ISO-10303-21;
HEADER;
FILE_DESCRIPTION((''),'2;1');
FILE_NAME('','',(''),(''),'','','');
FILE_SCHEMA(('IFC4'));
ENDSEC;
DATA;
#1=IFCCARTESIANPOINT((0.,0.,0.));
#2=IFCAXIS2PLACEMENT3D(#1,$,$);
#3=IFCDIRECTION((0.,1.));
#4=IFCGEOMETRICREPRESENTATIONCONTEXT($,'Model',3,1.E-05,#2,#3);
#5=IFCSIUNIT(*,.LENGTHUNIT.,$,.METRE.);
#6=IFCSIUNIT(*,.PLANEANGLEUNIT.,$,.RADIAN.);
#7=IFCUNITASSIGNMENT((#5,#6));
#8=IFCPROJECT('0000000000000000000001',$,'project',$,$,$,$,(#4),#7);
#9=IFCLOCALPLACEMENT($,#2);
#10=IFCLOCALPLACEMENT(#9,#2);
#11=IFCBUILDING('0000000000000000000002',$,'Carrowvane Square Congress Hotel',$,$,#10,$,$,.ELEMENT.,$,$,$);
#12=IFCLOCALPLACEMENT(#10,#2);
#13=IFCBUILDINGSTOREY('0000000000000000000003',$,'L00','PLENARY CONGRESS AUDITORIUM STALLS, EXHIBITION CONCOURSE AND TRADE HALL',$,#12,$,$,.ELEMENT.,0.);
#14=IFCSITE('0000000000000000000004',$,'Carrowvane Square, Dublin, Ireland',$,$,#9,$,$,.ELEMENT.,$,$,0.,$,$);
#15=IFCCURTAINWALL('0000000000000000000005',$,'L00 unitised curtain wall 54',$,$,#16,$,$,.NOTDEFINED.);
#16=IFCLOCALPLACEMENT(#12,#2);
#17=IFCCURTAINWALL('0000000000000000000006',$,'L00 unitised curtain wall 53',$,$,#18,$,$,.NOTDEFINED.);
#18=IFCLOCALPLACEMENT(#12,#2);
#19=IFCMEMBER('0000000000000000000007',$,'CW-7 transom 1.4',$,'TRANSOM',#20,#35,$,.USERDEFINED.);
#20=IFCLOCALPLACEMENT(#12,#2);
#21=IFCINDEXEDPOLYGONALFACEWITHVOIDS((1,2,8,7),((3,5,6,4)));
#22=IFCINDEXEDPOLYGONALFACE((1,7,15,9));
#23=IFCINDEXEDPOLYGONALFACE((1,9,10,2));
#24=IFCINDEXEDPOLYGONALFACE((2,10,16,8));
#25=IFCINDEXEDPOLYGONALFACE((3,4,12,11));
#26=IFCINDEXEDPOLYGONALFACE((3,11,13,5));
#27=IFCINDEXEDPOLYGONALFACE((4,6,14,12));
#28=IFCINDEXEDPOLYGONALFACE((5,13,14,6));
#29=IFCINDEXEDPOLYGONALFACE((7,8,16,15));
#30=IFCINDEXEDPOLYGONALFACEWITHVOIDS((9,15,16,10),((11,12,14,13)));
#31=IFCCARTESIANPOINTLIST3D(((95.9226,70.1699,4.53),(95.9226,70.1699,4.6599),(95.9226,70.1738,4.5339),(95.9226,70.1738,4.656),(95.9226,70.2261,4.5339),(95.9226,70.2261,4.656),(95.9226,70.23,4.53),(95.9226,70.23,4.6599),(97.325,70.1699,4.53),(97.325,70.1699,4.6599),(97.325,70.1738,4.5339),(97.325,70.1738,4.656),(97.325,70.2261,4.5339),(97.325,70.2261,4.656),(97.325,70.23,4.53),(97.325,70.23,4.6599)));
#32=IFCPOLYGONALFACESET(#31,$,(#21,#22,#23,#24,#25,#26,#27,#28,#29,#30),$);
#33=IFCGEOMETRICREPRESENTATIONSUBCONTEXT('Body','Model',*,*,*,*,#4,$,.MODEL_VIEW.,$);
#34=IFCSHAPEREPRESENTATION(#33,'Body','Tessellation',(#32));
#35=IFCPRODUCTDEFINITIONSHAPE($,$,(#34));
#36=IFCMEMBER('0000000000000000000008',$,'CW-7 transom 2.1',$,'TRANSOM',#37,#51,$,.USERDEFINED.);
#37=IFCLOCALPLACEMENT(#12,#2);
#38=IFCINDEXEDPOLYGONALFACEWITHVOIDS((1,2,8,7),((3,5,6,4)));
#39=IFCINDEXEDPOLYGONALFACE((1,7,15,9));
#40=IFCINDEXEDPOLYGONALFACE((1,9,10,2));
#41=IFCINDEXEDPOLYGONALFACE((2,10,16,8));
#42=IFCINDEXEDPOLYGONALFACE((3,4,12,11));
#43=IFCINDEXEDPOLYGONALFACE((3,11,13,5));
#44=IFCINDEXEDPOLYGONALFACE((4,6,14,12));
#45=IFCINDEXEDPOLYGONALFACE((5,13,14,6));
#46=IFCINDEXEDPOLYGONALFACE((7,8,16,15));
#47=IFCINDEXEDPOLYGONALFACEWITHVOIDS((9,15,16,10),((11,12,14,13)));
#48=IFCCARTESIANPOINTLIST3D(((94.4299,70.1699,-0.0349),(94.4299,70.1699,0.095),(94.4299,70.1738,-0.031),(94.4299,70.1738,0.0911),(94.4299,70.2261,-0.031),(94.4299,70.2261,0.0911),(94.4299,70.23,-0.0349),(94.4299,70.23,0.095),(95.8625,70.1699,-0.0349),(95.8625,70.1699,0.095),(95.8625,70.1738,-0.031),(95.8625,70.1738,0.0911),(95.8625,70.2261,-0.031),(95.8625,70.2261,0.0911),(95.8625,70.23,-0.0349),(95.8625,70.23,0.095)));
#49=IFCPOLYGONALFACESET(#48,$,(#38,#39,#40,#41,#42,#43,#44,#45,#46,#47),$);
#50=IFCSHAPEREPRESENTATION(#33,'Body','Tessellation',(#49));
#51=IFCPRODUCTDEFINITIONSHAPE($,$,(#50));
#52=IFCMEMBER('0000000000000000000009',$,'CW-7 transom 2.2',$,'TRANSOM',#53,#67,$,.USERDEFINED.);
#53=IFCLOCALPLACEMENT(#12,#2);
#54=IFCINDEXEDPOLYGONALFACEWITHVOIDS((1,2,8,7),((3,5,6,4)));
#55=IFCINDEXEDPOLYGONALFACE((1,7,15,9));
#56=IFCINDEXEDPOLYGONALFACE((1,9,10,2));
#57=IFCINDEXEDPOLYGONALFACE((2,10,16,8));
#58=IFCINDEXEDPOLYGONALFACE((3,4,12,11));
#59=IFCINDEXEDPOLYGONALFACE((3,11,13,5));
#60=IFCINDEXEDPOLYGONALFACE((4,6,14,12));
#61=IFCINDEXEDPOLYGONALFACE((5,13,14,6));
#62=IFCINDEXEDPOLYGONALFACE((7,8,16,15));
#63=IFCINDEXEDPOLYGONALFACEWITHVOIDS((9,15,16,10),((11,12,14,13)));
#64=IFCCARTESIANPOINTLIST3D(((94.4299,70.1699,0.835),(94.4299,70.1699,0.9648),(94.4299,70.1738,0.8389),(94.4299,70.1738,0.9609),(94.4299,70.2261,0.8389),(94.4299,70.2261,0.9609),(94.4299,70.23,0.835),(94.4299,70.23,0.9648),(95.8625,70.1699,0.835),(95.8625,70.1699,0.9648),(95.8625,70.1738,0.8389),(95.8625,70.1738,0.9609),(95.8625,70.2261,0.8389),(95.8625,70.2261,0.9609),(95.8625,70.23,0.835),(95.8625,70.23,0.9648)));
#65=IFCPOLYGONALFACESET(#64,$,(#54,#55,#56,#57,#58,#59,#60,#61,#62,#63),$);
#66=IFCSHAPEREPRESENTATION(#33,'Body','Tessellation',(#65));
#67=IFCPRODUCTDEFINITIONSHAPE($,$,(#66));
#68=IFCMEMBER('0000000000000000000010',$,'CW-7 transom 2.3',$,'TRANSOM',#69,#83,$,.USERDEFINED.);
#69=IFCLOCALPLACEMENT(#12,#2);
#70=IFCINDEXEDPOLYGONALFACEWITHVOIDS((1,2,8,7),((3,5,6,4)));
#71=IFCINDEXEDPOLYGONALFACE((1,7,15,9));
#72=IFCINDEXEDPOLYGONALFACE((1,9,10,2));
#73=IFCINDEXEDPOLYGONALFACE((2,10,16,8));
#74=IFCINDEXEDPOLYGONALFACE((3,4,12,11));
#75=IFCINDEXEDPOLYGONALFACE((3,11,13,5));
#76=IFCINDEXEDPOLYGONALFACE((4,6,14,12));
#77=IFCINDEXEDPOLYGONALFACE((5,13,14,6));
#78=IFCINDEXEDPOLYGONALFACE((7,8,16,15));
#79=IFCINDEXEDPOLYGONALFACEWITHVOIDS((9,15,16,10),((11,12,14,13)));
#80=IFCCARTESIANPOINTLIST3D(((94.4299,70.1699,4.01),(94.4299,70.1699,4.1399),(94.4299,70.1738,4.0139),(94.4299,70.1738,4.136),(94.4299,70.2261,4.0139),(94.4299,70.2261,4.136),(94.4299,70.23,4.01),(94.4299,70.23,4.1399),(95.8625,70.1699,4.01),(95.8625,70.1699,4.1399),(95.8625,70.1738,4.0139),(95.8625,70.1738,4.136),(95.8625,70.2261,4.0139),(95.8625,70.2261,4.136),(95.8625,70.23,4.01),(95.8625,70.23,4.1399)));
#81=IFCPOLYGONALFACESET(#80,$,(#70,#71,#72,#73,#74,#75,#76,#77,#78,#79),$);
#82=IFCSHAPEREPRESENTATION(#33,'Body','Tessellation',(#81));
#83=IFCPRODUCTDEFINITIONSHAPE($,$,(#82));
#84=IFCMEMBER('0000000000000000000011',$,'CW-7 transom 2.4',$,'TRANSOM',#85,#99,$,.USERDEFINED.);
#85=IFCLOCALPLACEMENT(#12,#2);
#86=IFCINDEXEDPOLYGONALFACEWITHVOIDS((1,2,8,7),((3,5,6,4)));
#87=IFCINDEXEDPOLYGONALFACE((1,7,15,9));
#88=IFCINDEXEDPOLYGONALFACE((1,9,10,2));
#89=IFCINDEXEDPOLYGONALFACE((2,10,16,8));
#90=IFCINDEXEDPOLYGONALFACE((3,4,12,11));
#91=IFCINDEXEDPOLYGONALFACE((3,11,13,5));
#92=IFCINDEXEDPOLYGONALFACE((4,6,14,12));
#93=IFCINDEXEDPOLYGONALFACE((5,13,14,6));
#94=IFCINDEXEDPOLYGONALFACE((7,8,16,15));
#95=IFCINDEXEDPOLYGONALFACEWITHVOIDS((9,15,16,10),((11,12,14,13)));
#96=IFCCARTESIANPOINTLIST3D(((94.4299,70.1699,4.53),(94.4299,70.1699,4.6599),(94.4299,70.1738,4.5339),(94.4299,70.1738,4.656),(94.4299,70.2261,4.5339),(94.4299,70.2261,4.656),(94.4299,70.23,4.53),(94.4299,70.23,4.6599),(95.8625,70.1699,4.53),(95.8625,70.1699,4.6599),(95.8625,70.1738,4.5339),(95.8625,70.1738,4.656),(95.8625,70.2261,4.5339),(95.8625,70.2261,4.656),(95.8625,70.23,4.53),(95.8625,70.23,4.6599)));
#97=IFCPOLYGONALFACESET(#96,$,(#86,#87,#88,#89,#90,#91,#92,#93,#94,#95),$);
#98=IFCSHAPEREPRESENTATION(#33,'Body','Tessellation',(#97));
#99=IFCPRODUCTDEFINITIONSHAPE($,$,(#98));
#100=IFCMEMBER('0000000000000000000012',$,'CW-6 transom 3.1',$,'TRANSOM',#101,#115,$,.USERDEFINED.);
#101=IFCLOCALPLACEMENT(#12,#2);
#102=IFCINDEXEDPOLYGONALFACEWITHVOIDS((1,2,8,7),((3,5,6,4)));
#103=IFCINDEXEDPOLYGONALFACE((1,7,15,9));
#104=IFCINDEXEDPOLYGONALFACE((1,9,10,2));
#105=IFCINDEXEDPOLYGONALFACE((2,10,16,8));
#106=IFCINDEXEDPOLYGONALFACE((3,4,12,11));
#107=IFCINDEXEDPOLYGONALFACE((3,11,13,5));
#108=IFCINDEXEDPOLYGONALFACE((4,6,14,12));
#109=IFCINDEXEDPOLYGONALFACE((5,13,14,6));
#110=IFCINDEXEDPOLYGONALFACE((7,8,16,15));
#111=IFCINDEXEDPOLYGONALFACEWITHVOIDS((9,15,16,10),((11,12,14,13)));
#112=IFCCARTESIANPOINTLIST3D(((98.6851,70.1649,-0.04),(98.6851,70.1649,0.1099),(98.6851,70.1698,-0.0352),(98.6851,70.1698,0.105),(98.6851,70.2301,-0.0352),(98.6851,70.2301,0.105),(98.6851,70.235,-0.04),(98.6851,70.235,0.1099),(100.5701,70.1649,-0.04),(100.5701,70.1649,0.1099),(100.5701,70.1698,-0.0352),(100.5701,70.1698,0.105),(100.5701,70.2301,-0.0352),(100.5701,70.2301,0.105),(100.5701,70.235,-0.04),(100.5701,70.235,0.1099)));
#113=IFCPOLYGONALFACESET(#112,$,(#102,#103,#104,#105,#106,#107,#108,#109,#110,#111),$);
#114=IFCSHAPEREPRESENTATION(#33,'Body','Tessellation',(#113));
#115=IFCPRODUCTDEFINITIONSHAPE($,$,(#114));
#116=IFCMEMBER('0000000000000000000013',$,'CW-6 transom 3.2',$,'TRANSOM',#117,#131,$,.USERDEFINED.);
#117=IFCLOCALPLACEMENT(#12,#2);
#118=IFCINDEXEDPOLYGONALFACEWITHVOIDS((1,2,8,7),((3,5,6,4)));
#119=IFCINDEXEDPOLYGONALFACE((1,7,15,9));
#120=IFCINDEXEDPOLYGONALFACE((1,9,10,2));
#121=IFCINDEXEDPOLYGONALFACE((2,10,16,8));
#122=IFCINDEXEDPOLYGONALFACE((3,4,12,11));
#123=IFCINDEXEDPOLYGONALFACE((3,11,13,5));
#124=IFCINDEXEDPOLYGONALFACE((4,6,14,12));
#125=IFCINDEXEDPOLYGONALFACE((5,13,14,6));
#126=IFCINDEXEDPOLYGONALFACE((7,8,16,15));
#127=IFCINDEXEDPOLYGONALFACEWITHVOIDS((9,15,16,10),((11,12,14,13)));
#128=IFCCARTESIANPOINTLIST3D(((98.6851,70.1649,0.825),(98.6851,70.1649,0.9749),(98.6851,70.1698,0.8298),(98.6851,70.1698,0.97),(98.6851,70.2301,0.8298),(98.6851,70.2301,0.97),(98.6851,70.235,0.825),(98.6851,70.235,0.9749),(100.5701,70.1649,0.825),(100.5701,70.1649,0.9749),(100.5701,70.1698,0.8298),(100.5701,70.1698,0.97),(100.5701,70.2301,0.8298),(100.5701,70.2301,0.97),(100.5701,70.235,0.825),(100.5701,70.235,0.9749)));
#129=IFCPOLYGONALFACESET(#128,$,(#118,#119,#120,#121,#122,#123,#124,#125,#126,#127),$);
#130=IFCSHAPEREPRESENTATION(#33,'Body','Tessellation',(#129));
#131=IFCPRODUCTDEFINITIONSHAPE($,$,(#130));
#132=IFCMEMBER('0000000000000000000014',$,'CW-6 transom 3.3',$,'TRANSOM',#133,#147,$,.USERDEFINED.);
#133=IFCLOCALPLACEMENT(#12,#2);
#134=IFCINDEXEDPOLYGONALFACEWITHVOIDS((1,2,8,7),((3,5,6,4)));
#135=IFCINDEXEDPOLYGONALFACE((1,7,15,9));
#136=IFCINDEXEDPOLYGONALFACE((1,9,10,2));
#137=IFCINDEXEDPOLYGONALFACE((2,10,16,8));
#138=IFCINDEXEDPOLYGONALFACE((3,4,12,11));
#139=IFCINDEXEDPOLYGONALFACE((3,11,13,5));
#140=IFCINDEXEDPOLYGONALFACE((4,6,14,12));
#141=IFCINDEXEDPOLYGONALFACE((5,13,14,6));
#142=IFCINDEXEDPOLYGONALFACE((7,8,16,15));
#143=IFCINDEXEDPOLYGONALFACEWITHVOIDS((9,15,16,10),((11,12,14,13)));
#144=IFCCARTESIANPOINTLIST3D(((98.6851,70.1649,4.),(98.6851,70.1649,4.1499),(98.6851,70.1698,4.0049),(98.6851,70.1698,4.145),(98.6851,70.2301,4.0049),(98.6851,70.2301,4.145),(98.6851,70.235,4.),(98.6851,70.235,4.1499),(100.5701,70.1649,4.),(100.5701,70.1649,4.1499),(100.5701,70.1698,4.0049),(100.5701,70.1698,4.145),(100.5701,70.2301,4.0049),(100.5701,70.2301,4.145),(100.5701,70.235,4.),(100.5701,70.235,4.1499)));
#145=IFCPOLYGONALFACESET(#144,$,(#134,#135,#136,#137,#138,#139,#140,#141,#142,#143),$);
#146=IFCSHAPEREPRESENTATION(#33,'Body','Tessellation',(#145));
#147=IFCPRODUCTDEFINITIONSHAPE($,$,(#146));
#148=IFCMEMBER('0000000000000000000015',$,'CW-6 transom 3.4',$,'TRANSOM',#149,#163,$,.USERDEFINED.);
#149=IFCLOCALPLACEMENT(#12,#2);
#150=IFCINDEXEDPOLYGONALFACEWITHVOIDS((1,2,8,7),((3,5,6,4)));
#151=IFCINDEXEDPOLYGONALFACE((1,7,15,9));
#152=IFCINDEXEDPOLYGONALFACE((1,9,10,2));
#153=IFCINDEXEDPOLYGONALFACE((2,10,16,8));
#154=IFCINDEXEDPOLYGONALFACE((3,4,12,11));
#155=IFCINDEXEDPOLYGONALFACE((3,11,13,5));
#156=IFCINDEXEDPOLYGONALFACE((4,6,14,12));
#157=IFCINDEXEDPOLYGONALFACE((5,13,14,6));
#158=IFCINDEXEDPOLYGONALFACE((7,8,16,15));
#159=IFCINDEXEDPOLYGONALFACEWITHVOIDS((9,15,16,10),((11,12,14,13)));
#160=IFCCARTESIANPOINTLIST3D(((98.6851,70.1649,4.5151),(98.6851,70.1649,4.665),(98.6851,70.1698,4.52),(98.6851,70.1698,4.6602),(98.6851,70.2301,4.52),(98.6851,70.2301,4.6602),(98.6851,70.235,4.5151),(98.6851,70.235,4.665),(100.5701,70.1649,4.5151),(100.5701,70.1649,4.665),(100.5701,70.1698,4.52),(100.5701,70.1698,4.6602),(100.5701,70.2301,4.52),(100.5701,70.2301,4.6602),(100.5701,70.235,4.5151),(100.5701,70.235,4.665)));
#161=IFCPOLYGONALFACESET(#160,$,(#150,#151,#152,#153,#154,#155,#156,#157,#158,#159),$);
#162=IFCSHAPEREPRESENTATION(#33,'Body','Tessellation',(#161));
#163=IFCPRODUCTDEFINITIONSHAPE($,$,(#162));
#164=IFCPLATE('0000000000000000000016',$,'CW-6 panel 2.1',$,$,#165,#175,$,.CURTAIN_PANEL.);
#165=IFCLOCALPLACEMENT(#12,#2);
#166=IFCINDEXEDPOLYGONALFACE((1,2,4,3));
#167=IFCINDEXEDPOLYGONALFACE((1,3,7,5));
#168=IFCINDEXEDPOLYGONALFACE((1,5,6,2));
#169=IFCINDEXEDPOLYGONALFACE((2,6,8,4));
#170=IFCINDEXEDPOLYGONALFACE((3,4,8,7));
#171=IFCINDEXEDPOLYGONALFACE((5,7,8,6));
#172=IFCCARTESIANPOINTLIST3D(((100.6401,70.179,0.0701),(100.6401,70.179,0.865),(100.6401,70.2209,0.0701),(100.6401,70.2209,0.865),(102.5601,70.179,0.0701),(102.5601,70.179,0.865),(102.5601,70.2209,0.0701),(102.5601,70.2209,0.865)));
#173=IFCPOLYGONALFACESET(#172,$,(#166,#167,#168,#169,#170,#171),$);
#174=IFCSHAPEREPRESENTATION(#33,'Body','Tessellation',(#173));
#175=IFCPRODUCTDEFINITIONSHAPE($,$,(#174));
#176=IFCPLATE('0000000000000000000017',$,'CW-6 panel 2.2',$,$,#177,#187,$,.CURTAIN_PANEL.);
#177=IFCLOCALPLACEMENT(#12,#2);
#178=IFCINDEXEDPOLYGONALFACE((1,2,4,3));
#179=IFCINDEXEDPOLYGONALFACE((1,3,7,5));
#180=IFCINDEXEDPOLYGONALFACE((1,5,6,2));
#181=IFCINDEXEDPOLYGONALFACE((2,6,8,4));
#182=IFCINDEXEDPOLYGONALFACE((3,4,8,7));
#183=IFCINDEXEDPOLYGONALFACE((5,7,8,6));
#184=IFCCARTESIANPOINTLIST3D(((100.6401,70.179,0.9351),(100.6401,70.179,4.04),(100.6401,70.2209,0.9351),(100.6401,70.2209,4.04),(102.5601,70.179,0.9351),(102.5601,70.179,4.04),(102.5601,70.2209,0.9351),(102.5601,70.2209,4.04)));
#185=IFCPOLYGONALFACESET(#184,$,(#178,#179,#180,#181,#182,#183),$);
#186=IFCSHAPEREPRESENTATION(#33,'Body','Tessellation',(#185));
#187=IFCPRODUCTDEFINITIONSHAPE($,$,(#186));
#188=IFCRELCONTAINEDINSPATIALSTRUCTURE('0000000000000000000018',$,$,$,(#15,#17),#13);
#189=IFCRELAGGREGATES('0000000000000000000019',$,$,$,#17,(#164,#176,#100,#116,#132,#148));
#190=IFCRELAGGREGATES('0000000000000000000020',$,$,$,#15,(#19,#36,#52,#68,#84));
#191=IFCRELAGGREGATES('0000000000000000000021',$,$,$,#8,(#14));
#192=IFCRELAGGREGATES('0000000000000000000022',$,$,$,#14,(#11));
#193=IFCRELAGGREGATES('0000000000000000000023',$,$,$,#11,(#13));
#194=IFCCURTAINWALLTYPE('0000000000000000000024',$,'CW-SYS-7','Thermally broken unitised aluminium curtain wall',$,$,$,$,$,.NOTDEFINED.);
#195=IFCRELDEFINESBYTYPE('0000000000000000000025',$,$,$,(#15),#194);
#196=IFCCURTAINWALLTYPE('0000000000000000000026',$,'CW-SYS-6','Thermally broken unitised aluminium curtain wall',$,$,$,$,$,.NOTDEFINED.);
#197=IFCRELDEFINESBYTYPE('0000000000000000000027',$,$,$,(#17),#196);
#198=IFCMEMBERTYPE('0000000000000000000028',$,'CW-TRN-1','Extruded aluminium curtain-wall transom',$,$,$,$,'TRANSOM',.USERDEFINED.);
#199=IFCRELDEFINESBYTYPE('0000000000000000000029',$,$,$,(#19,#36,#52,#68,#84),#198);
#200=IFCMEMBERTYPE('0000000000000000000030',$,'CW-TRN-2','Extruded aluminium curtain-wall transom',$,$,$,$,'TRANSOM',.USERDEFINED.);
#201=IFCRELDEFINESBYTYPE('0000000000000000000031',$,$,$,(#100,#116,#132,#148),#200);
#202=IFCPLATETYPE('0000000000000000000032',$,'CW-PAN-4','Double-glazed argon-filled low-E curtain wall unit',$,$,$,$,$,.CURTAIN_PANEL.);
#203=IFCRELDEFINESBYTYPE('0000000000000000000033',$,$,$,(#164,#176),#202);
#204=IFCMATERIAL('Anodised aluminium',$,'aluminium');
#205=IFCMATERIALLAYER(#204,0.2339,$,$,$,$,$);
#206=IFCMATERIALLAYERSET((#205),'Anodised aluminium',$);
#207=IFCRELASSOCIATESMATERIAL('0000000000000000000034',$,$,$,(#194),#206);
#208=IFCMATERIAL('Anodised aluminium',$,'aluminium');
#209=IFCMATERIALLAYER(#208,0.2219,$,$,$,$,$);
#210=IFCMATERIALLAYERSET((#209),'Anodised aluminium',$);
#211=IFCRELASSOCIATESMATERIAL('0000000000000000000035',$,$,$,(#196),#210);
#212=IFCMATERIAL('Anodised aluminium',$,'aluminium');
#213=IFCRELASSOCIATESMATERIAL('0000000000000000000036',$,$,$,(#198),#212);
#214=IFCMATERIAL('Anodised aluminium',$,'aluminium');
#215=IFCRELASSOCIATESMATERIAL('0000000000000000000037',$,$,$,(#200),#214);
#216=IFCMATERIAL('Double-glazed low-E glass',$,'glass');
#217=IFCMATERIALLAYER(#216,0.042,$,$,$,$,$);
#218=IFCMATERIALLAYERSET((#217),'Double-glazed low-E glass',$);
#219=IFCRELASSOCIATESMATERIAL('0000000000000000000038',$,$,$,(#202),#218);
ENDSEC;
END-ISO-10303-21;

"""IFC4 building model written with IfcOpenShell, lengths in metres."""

from ifc_helpers import new_model, si_unit, direction, frame, origin, origin_2d, place, context, subcontext, project, spatial, rectangle, hollow_rectangle, extrude, material, layer, layer_set, material_profile, profile_set, type_object, element, aggregate, save


model = new_model("IFC4")

# Units and contexts
model_context = context("Model", 3, precision=1e-05, world=origin(), true_north=direction((0.0, 1.0)))
body_context = subcontext(model_context, "Body", "Model", "MODEL_VIEW")
ifc_project = project(units=[si_unit("LENGTHUNIT", "METRE"), si_unit("PLANEANGLEUNIT", "RADIAN")], contexts=[model_context])

# Site, building, storey
site_placement = place(None, origin())
site = spatial("IfcSite", under=ifc_project, at=site_placement, Name="Carrowvane Square, Dublin, Ireland", CompositionType="ELEMENT", RefElevation=0.0)
building_placement = place(site_placement, origin())
building = spatial("IfcBuilding", under=site, at=building_placement, Name="Carrowvane Square Congress Hotel", CompositionType="ELEMENT")
storey_placement = place(building_placement, origin())
storey = spatial("IfcBuildingStorey", under=building, at=storey_placement, Name="L00", Description="PLENARY CONGRESS AUDITORIUM STALLS, EXHIBITION CONCOURSE AND TRADE HALL", CompositionType="ELEMENT", Elevation=0.0)

# Curtain walls
ifc_material_1 = material(Name="Anodised aluminium", Category="aluminium")
ifc_layer_1 = layer(ifc_material_1, 0.2339)
ifc_layer_set_1 = layer_set([ifc_layer_1], Name="Anodised aluminium")
curtain_wall_type_1 = type_object("IfcCurtainWallType", Name="CW-SYS-7", Description="Thermally broken unitised aluminium curtain wall", PredefinedType="NOTDEFINED", material=ifc_layer_set_1)
curtain_wall_1_placement = place(storey_placement, origin())
curtain_wall_1 = element("IfcCurtainWall", 1, at=curtain_wall_1_placement, inside=storey, type_object=curtain_wall_type_1, Name="L00 unitised curtain wall 54", PredefinedType="NOTDEFINED")
ifc_material_2 = material(Name="Anodised aluminium", Category="aluminium")
ifc_layer_2 = layer(ifc_material_2, 0.2219)
ifc_layer_set_2 = layer_set([ifc_layer_2], Name="Anodised aluminium")
curtain_wall_type_2 = type_object("IfcCurtainWallType", Name="CW-SYS-6", Description="Thermally broken unitised aluminium curtain wall", PredefinedType="NOTDEFINED", material=ifc_layer_set_2)
curtain_wall_2_placement = place(storey_placement, origin())
curtain_wall_2 = element("IfcCurtainWall", 2, at=curtain_wall_2_placement, inside=storey, type_object=curtain_wall_type_2, Name="L00 unitised curtain wall 53", PredefinedType="NOTDEFINED")

# Members
ifc_material_3 = material(Name="Anodised aluminium", Category="aluminium")
ifc_material_profile_1 = material_profile(ifc_material_3, hollow_rectangle(XDim=0.0601, YDim=0.1299, WallThickness=0.0039, at=origin_2d()), Name="CW-TR 60x130x4")
ifc_profile_set_1 = profile_set([ifc_material_profile_1], Name="Anodised aluminium")
member_type_1 = type_object("IfcMemberType", Name="CW-TRN-1", Description="Extruded aluminium curtain-wall transom", ElementType="TRANSOM", PredefinedType="USERDEFINED", material=ifc_profile_set_1)
member_1_placement = place(storey_placement, frame((97.325, 70.2, 4.595), z_axis=(-1.0, 0.0, 0.0), x_axis=(0.0, -1.0, 0.0)))
member_1 = element("IfcMember", 3, at=member_1_placement, type_object=member_type_1, Name="CW-7 transom 1.4", ObjectType="TRANSOM", PredefinedType="USERDEFINED", context=body_context, shape_type="SweptSolid", body=[
    extrude(hollow_rectangle(XDim=0.0601, YDim=0.1299, WallThickness=0.0039, at=origin_2d()), origin(), (0.0, 0.0, 1.0), 1.4023),
])
member_2_placement = place(storey_placement, frame((95.8625, 70.2, 0.03), z_axis=(-1.0, 0.0, 0.0), x_axis=(0.0, -1.0, 0.0)))
member_2 = element("IfcMember", 4, at=member_2_placement, type_object=member_type_1, Name="CW-7 transom 2.1", ObjectType="TRANSOM", PredefinedType="USERDEFINED", context=body_context, shape_type="SweptSolid", body=[
    extrude(hollow_rectangle(XDim=0.0601, YDim=0.1299, WallThickness=0.0039, at=origin_2d()), origin(), (0.0, 0.0, 1.0), 1.4326),
])
member_3_placement = place(storey_placement, frame((95.8625, 70.2, 0.8999), z_axis=(-1.0, 0.0, 0.0), x_axis=(0.0, -1.0, 0.0)))
member_3 = element("IfcMember", 5, at=member_3_placement, type_object=member_type_1, Name="CW-7 transom 2.2", ObjectType="TRANSOM", PredefinedType="USERDEFINED", context=body_context, shape_type="SweptSolid", body=[
    extrude(hollow_rectangle(XDim=0.0601, YDim=0.1299, WallThickness=0.0039, at=origin_2d()), origin(), (0.0, 0.0, 1.0), 1.4326),
])
member_4_placement = place(storey_placement, frame((95.8625, 70.2, 4.075), z_axis=(-1.0, 0.0, 0.0), x_axis=(0.0, -1.0, 0.0)))
member_4 = element("IfcMember", 6, at=member_4_placement, type_object=member_type_1, Name="CW-7 transom 2.3", ObjectType="TRANSOM", PredefinedType="USERDEFINED", context=body_context, shape_type="SweptSolid", body=[
    extrude(hollow_rectangle(XDim=0.0601, YDim=0.1299, WallThickness=0.0039, at=origin_2d()), origin(), (0.0, 0.0, 1.0), 1.4326),
])
member_5_placement = place(storey_placement, frame((95.8625, 70.2, 4.595), z_axis=(-1.0, 0.0, 0.0), x_axis=(0.0, -1.0, 0.0)))
member_5 = element("IfcMember", 7, at=member_5_placement, type_object=member_type_1, Name="CW-7 transom 2.4", ObjectType="TRANSOM", PredefinedType="USERDEFINED", context=body_context, shape_type="SweptSolid", body=[
    extrude(hollow_rectangle(XDim=0.0601, YDim=0.1299, WallThickness=0.0039, at=origin_2d()), origin(), (0.0, 0.0, 1.0), 1.4326),
])
ifc_material_4 = material(Name="Anodised aluminium", Category="aluminium")
ifc_material_profile_2 = material_profile(ifc_material_4, hollow_rectangle(XDim=0.0701, YDim=0.1499, WallThickness=0.0049, at=origin_2d()), Name="CW-TR 70x150x5")
ifc_profile_set_2 = profile_set([ifc_material_profile_2], Name="Anodised aluminium")
member_type_2 = type_object("IfcMemberType", Name="CW-TRN-2", Description="Extruded aluminium curtain-wall transom", ElementType="TRANSOM", PredefinedType="USERDEFINED", material=ifc_profile_set_2)
member_6_placement = place(storey_placement, frame((100.5701, 70.2, 0.0349), z_axis=(-1.0, 0.0, 0.0), x_axis=(0.0, -1.0, 0.0)))
member_6 = element("IfcMember", 8, at=member_6_placement, type_object=member_type_2, Name="CW-6 transom 3.1", ObjectType="TRANSOM", PredefinedType="USERDEFINED", context=body_context, shape_type="SweptSolid", body=[
    extrude(hollow_rectangle(XDim=0.0701, YDim=0.1499, WallThickness=0.0049, at=origin_2d()), origin(), (0.0, 0.0, 1.0), 1.885),
])
member_7_placement = place(storey_placement, frame((100.5701, 70.2, 0.8999), z_axis=(-1.0, 0.0, 0.0), x_axis=(0.0, -1.0, 0.0)))
member_7 = element("IfcMember", 9, at=member_7_placement, type_object=member_type_2, Name="CW-6 transom 3.2", ObjectType="TRANSOM", PredefinedType="USERDEFINED", context=body_context, shape_type="SweptSolid", body=[
    extrude(hollow_rectangle(XDim=0.0701, YDim=0.1499, WallThickness=0.0049, at=origin_2d()), origin(), (0.0, 0.0, 1.0), 1.885),
])
member_8_placement = place(storey_placement, frame((100.5701, 70.2, 4.075), z_axis=(-1.0, 0.0, 0.0), x_axis=(0.0, -1.0, 0.0)))
member_8 = element("IfcMember", 10, at=member_8_placement, type_object=member_type_2, Name="CW-6 transom 3.3", ObjectType="TRANSOM", PredefinedType="USERDEFINED", context=body_context, shape_type="SweptSolid", body=[
    extrude(hollow_rectangle(XDim=0.0701, YDim=0.1499, WallThickness=0.0049, at=origin_2d()), origin(), (0.0, 0.0, 1.0), 1.885),
])
member_9_placement = place(storey_placement, frame((100.5701, 70.2, 4.5901), z_axis=(-1.0, 0.0, 0.0), x_axis=(0.0, -1.0, 0.0)))
member_9 = element("IfcMember", 11, at=member_9_placement, type_object=member_type_2, Name="CW-6 transom 3.4", ObjectType="TRANSOM", PredefinedType="USERDEFINED", context=body_context, shape_type="SweptSolid", body=[
    extrude(hollow_rectangle(XDim=0.0701, YDim=0.1499, WallThickness=0.0049, at=origin_2d()), origin(), (0.0, 0.0, 1.0), 1.885),
])

# Plates
ifc_material_5 = material(Name="Double-glazed low-E glass", Category="glass")
ifc_layer_3 = layer(ifc_material_5, 0.042)
ifc_layer_set_3 = layer_set([ifc_layer_3], Name="Double-glazed low-E glass")
plate_type_1 = type_object("IfcPlateType", Name="CW-PAN-4", Description="Double-glazed argon-filled low-E curtain wall unit", PredefinedType="CURTAIN_PANEL", material=ifc_layer_set_3)
plate_1_placement = place(storey_placement, frame((101.6001, 70.2, 0.0701), z_axis=(0.0, 0.0, 1.0), x_axis=(-1.0, 0.0, 0.0)))
plate_1 = element("IfcPlate", 12, at=plate_1_placement, type_object=plate_type_1, Name="CW-6 panel 2.1", PredefinedType="CURTAIN_PANEL", context=body_context, shape_type="SweptSolid", body=[
    extrude(rectangle(XDim=1.9199, YDim=0.042, at=origin_2d()), origin(), (0.0, 0.0, 1.0), 0.7949),
])
plate_2_placement = place(storey_placement, frame((101.6001, 70.2, 0.9351), z_axis=(0.0, 0.0, 1.0), x_axis=(-1.0, 0.0, 0.0)))
plate_2 = element("IfcPlate", 13, at=plate_2_placement, type_object=plate_type_1, Name="CW-6 panel 2.2", PredefinedType="CURTAIN_PANEL", context=body_context, shape_type="SweptSolid", body=[
    extrude(rectangle(XDim=1.9199, YDim=0.042, at=origin_2d()), origin(), (0.0, 0.0, 1.0), 3.105),
])
aggregate(curtain_wall_2, [plate_1, plate_2, member_6, member_7, member_8, member_9])
aggregate(curtain_wall_1, [member_1, member_2, member_3, member_4, member_5])

save(model, "model.ifc")
